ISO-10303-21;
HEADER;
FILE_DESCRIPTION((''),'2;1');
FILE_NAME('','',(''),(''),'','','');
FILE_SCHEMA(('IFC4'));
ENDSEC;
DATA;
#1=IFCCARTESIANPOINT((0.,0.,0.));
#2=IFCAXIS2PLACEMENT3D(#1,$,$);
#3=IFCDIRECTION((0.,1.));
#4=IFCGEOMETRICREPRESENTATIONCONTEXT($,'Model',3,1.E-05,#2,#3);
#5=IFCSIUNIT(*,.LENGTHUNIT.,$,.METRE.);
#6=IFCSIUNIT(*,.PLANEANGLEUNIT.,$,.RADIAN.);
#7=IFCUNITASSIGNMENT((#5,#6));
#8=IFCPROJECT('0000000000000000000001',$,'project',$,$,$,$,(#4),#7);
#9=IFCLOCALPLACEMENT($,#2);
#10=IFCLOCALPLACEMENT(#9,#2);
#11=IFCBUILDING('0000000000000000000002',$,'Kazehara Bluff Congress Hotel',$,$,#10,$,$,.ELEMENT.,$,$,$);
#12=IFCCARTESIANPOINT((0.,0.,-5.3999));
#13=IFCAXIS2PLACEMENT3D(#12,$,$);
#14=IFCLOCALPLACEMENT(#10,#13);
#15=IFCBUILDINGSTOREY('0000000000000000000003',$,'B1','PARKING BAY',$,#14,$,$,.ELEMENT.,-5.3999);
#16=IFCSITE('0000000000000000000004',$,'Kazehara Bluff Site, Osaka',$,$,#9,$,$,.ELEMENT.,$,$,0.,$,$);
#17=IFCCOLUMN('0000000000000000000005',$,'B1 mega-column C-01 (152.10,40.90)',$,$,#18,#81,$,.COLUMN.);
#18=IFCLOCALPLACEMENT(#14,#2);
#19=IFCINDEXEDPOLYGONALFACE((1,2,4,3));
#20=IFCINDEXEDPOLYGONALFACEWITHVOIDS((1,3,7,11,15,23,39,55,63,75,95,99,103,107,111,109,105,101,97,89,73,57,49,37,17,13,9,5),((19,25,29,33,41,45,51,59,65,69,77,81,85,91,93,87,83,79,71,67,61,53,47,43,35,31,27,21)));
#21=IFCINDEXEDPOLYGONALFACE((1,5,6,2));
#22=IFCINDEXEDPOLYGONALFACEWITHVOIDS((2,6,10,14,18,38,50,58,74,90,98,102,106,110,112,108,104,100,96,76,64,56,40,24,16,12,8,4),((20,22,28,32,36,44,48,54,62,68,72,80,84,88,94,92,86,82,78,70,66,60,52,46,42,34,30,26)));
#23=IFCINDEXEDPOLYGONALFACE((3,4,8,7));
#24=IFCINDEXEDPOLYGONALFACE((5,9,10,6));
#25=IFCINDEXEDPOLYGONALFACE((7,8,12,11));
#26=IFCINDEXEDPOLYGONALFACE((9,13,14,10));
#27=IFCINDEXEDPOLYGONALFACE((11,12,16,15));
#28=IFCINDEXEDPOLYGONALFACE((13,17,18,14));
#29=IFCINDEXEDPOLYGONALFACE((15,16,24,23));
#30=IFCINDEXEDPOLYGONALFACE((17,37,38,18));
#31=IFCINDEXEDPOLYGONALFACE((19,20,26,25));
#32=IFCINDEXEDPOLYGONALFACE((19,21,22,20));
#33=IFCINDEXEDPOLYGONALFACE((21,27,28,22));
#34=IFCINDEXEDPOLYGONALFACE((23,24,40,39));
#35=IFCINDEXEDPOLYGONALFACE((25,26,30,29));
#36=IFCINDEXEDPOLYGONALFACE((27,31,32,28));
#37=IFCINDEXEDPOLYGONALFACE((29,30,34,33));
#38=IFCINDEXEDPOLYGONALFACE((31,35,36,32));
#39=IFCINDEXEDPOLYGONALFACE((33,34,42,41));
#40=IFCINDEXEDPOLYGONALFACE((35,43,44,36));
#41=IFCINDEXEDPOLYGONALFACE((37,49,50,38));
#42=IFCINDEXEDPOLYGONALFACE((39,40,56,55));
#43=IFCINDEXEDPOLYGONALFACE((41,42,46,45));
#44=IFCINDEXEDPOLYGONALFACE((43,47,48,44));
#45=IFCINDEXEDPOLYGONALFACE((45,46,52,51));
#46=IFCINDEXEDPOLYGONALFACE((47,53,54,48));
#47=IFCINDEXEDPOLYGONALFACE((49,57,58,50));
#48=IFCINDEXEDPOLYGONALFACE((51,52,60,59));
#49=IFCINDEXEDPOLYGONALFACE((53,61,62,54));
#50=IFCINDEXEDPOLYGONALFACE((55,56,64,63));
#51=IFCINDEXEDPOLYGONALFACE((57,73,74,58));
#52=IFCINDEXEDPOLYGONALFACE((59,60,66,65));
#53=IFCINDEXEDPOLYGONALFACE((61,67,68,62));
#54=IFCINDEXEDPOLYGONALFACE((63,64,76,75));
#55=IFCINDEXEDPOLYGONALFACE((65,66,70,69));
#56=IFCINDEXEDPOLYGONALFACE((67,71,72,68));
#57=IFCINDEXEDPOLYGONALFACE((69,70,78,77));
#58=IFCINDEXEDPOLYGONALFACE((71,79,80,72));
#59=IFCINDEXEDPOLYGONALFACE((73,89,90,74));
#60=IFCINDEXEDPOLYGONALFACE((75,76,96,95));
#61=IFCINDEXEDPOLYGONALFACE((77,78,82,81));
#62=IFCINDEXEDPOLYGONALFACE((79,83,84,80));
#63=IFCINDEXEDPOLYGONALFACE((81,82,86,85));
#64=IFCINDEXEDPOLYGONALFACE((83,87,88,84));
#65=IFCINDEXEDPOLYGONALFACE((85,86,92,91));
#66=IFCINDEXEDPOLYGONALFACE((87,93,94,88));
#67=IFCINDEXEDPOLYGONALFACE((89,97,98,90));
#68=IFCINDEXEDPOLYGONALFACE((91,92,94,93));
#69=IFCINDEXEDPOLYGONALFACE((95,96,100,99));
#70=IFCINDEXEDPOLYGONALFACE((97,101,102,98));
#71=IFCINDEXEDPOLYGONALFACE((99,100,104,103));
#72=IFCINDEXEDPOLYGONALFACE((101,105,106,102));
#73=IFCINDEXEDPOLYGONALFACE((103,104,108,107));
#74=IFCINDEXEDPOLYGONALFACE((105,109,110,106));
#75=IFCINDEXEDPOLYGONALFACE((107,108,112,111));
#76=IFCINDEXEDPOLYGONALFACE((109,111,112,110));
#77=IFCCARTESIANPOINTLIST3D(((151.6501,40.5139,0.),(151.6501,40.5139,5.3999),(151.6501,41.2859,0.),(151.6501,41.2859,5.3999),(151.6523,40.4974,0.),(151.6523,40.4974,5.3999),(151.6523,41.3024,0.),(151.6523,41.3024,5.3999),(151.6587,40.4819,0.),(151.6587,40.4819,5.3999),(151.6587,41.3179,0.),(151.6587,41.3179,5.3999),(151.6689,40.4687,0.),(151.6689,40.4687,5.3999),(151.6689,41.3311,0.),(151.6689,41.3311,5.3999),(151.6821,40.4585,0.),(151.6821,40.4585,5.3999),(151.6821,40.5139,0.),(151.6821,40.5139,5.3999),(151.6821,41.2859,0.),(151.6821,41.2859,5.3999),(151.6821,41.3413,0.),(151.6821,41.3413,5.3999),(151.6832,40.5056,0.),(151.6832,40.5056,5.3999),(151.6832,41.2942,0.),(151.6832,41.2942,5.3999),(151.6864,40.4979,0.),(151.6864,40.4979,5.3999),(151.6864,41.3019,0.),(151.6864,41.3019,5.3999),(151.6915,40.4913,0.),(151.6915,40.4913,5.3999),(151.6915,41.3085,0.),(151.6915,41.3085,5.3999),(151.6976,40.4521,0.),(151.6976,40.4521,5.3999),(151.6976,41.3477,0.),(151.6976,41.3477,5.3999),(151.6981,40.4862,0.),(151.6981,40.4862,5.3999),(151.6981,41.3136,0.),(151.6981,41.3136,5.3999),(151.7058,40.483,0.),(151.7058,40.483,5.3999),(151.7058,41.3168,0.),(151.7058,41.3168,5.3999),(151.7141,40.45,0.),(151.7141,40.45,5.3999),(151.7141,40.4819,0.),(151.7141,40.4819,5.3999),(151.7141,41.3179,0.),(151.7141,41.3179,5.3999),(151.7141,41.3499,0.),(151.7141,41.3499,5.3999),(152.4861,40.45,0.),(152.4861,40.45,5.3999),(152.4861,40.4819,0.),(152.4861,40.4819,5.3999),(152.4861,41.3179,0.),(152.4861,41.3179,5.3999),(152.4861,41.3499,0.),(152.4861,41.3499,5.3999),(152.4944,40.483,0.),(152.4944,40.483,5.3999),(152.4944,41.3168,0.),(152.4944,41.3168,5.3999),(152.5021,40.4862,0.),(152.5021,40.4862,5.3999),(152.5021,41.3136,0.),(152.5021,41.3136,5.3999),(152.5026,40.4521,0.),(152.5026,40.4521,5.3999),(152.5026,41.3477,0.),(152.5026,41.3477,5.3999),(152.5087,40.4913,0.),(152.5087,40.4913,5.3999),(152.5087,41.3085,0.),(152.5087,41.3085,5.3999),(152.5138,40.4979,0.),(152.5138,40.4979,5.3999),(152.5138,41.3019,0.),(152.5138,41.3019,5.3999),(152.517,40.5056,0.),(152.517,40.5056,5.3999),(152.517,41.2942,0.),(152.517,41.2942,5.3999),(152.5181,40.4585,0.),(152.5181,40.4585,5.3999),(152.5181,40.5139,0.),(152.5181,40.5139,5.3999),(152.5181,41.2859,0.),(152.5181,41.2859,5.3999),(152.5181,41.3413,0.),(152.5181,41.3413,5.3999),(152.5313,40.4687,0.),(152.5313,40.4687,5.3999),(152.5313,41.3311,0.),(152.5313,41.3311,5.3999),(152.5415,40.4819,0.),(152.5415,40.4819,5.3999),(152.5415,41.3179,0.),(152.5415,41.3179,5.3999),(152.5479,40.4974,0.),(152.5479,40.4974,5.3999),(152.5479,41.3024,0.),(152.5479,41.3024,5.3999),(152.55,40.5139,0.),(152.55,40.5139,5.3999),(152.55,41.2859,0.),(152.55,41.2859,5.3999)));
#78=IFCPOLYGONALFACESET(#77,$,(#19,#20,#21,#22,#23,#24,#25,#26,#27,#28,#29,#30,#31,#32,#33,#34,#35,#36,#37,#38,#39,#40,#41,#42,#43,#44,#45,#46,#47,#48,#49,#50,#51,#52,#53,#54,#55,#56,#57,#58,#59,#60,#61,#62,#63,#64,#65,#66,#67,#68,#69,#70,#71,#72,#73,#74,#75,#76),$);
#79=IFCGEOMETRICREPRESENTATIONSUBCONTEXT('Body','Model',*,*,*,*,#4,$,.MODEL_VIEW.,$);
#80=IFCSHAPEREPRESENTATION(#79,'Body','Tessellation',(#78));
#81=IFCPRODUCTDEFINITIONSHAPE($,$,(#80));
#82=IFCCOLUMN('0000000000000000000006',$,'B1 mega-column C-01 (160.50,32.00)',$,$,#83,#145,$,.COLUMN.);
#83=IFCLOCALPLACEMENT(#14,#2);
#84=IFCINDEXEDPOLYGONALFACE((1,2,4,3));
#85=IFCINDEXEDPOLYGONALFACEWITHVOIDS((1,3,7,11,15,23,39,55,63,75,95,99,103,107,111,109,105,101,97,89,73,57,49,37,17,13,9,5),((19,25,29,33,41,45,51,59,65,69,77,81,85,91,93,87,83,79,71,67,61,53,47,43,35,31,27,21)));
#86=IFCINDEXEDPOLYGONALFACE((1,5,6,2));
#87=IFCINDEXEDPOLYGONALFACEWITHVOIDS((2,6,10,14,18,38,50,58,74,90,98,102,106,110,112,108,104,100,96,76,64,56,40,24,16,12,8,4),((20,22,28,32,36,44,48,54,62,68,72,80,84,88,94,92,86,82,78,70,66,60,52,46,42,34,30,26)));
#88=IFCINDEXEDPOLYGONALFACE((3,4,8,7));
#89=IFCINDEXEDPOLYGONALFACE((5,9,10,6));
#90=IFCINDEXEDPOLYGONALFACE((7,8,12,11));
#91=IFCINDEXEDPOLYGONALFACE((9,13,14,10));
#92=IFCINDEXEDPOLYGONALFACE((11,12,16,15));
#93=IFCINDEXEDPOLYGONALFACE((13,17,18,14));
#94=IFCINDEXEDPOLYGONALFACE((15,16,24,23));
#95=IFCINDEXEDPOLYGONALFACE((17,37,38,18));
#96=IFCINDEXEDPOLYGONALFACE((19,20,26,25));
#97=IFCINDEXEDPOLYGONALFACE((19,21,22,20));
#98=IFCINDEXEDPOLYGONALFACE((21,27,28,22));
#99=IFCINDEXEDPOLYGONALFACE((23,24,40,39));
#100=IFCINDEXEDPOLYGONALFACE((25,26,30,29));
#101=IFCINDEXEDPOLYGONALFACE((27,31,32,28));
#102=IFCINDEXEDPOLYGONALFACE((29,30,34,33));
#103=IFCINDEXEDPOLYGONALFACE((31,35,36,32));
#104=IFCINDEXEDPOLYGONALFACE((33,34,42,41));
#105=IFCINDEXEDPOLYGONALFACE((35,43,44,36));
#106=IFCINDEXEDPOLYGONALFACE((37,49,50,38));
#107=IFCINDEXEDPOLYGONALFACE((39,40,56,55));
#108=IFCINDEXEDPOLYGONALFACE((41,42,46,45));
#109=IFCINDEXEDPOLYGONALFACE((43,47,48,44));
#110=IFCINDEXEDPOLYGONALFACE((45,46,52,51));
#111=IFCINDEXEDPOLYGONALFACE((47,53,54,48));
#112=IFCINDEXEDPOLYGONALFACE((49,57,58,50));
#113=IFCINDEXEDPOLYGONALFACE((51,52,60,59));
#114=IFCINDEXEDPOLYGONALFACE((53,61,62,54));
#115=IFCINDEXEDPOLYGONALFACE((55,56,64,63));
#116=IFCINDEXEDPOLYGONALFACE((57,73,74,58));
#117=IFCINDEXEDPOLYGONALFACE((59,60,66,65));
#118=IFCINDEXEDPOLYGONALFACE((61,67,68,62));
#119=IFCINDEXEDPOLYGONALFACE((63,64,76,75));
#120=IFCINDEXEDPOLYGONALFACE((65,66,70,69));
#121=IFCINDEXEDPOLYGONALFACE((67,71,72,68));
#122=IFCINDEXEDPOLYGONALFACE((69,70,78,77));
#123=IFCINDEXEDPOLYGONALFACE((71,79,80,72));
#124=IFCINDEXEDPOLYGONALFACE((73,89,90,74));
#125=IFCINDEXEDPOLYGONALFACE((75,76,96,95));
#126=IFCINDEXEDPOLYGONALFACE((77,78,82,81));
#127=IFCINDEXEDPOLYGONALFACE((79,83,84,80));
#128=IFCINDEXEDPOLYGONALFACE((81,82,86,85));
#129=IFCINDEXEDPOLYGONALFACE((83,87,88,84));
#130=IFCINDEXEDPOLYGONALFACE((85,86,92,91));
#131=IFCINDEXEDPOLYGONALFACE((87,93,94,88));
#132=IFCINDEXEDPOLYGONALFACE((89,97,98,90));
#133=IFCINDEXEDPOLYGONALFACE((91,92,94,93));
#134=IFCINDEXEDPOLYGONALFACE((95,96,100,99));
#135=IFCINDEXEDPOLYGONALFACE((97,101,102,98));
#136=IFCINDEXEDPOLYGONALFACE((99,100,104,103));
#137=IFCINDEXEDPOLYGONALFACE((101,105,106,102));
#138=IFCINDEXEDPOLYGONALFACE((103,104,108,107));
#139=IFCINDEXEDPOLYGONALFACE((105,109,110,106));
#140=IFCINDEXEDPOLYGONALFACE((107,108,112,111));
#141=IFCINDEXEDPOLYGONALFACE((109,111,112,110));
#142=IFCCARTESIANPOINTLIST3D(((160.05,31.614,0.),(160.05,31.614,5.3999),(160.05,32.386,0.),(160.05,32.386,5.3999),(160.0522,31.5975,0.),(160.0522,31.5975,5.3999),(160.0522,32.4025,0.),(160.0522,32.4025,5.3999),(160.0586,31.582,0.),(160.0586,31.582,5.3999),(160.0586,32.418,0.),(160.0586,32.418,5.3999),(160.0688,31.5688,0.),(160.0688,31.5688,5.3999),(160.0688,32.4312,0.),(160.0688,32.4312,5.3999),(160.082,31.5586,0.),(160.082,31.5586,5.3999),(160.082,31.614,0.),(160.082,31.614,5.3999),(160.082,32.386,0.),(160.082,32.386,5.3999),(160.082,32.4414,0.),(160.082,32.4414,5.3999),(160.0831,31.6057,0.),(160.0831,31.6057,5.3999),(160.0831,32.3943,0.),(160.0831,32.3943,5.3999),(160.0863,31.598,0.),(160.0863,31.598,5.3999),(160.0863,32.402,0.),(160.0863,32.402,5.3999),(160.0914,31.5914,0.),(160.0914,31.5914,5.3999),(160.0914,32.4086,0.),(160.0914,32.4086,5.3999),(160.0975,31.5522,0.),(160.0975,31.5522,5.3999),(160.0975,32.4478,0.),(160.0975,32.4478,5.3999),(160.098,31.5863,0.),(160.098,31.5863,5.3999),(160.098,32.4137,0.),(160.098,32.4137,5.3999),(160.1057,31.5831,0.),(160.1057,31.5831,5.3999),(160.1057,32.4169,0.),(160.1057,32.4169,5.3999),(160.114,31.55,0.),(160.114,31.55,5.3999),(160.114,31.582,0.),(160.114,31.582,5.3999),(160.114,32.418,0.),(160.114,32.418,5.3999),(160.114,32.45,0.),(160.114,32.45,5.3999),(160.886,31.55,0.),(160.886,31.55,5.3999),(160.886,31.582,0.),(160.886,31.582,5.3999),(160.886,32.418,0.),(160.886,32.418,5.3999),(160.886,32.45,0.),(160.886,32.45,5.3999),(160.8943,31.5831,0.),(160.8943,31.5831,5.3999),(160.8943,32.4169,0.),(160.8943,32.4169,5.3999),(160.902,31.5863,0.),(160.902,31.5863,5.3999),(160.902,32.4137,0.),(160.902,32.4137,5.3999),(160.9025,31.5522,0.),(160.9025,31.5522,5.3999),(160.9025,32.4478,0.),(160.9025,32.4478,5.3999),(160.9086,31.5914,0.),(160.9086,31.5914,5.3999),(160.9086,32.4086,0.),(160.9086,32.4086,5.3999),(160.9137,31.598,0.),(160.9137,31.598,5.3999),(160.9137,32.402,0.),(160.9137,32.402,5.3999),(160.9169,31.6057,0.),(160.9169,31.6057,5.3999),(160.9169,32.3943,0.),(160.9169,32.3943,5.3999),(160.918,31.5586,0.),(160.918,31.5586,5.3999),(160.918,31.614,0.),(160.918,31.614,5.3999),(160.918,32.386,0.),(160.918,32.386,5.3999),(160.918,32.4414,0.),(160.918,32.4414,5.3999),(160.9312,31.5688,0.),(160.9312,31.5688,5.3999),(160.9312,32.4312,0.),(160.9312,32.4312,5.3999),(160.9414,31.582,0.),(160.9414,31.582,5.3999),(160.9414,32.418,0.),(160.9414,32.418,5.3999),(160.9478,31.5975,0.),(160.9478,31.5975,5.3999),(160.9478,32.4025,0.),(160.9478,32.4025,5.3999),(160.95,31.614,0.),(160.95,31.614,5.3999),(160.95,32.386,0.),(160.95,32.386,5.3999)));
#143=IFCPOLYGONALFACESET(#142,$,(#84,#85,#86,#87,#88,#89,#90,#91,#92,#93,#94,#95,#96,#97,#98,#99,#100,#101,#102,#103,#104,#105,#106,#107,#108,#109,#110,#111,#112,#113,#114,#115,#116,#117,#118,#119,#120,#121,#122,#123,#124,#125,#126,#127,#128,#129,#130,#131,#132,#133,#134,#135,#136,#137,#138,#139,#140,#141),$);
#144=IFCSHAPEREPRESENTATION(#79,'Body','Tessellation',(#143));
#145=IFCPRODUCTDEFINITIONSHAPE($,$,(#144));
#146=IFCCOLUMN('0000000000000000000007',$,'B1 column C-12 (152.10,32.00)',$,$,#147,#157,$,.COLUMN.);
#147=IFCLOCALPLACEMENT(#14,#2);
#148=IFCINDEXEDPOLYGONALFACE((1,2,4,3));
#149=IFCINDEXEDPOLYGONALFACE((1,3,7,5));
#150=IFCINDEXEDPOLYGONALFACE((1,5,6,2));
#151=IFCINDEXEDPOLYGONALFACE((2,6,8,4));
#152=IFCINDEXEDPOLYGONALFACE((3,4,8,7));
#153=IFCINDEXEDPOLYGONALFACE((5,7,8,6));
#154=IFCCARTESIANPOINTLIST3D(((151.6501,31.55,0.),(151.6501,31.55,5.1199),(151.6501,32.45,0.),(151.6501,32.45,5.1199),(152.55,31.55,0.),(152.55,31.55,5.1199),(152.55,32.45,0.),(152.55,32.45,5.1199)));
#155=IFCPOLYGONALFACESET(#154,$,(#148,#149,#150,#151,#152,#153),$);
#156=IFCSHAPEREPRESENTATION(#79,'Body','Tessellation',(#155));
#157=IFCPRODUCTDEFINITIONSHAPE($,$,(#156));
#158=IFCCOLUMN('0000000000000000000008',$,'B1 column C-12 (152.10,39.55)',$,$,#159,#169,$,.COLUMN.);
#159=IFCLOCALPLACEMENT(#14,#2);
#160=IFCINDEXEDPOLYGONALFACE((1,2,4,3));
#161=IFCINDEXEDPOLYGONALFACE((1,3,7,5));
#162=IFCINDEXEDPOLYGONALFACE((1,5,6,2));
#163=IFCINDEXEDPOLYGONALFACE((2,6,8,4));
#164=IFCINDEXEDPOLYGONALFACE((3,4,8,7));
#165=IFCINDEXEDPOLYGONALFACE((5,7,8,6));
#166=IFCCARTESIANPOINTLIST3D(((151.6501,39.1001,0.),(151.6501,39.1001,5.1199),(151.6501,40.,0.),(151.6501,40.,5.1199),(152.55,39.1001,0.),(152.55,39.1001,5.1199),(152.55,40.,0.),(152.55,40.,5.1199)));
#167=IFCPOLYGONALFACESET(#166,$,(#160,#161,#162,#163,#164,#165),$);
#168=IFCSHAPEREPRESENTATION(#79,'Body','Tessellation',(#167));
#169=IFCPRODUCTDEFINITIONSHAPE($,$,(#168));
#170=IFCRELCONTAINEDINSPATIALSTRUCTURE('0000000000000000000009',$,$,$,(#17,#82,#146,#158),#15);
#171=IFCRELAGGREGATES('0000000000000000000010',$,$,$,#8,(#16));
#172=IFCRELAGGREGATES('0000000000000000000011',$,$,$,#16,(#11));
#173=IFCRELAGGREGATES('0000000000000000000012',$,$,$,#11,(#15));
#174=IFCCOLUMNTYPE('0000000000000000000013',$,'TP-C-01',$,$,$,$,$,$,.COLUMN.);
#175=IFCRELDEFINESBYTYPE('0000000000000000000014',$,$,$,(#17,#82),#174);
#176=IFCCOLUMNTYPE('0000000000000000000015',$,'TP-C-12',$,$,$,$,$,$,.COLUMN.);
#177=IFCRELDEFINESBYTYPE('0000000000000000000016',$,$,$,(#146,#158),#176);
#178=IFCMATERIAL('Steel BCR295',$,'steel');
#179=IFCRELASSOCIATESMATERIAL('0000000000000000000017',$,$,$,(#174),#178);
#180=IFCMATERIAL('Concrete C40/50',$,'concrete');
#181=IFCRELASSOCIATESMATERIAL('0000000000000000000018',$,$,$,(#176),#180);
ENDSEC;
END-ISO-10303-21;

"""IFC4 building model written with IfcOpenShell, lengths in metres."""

from ifc_helpers import new_model, si_unit, direction, frame, origin, origin_2d, place, context, subcontext, project, spatial, rectangle, hollow_rectangle, extrude, material, material_profile, profile_set, type_object, element, save


model = new_model("IFC4")

# Units and contexts
model_context = context("Model", 3, precision=1e-05, world=origin(), true_north=direction((0.0, 1.0)))
body_context = subcontext(model_context, "Body", "Model", "MODEL_VIEW")
ifc_project = project(units=[si_unit("LENGTHUNIT", "METRE"), si_unit("PLANEANGLEUNIT", "RADIAN")], contexts=[model_context])

# Site, building, storey
site_placement = place(None, origin())
site = spatial("IfcSite", under=ifc_project, at=site_placement, Name="Kazehara Bluff Site, Osaka", CompositionType="ELEMENT", RefElevation=0.0)
building_placement = place(site_placement, origin())
building = spatial("IfcBuilding", under=site, at=building_placement, Name="Kazehara Bluff Congress Hotel", CompositionType="ELEMENT")
storey_placement = place(building_placement, frame((0.0, 0.0, -5.3999)))
storey = spatial("IfcBuildingStorey", under=building, at=storey_placement, Name="B1", Description="PARKING BAY", CompositionType="ELEMENT", Elevation=-5.3999)

# Columns
ifc_material_1 = material(Name="Steel BCR295", Category="steel")
ifc_material_profile_1 = material_profile(ifc_material_1, hollow_rectangle(XDim=0.8999, YDim=0.8999, WallThickness=0.032, InnerFilletRadius=0.032, OuterFilletRadius=0.064, at=origin_2d()))
ifc_profile_set_1 = profile_set([ifc_material_profile_1], Name="Steel BCR295")
column_type_1 = type_object("IfcColumnType", Name="TP-C-01", PredefinedType="COLUMN", material=ifc_profile_set_1)
for number, where, z_axis, x_axis, name in (
    (1, (152.1001, 40.8999, 0.0), (0.0, 0.0, 1.0), (1.0, 0.0, 0.0), "B1 mega-column C-01 (152.10,40.90)"),
    (2, (160.5, 32.0, 0.0), (0.0, 0.0, 1.0), (1.0, 0.0, 0.0), "B1 mega-column C-01 (160.50,32.00)"),
):
    element("IfcColumn", number, at=place(storey_placement, frame(where, z_axis=z_axis, x_axis=x_axis)), inside=storey, type_object=column_type_1, Name=name, PredefinedType="COLUMN", context=body_context, shape_type="SweptSolid", body=[
        extrude(hollow_rectangle(XDim=0.8999, YDim=0.8999, WallThickness=0.032, InnerFilletRadius=0.032, OuterFilletRadius=0.064, at=origin_2d()), origin(), (0.0, 0.0, 1.0), 5.3999),
    ])
ifc_material_2 = material(Name="Concrete C40/50", Category="concrete")
ifc_material_profile_2 = material_profile(ifc_material_2, rectangle(XDim=0.8999, YDim=0.8999, at=origin_2d()))
ifc_profile_set_2 = profile_set([ifc_material_profile_2], Name="Concrete C40/50")
column_type_2 = type_object("IfcColumnType", Name="TP-C-12", PredefinedType="COLUMN", material=ifc_profile_set_2)
for number, where, z_axis, x_axis, name in (
    (3, (152.1001, 32.0, 0.0), (0.0, 0.0, 1.0), (1.0, 0.0, 0.0), "B1 column C-12 (152.10,32.00)"),
    (4, (152.1001, 39.55, 0.0), (0.0, 0.0, 1.0), (1.0, 0.0, 0.0), "B1 column C-12 (152.10,39.55)"),
):
    element("IfcColumn", number, at=place(storey_placement, frame(where, z_axis=z_axis, x_axis=x_axis)), inside=storey, type_object=column_type_2, Name=name, PredefinedType="COLUMN", context=body_context, shape_type="SweptSolid", body=[
        extrude(rectangle(XDim=0.8999, YDim=0.8999, at=origin_2d()), origin(), (0.0, 0.0, 1.0), 5.1199),
    ])

save(model, "model.ifc")
